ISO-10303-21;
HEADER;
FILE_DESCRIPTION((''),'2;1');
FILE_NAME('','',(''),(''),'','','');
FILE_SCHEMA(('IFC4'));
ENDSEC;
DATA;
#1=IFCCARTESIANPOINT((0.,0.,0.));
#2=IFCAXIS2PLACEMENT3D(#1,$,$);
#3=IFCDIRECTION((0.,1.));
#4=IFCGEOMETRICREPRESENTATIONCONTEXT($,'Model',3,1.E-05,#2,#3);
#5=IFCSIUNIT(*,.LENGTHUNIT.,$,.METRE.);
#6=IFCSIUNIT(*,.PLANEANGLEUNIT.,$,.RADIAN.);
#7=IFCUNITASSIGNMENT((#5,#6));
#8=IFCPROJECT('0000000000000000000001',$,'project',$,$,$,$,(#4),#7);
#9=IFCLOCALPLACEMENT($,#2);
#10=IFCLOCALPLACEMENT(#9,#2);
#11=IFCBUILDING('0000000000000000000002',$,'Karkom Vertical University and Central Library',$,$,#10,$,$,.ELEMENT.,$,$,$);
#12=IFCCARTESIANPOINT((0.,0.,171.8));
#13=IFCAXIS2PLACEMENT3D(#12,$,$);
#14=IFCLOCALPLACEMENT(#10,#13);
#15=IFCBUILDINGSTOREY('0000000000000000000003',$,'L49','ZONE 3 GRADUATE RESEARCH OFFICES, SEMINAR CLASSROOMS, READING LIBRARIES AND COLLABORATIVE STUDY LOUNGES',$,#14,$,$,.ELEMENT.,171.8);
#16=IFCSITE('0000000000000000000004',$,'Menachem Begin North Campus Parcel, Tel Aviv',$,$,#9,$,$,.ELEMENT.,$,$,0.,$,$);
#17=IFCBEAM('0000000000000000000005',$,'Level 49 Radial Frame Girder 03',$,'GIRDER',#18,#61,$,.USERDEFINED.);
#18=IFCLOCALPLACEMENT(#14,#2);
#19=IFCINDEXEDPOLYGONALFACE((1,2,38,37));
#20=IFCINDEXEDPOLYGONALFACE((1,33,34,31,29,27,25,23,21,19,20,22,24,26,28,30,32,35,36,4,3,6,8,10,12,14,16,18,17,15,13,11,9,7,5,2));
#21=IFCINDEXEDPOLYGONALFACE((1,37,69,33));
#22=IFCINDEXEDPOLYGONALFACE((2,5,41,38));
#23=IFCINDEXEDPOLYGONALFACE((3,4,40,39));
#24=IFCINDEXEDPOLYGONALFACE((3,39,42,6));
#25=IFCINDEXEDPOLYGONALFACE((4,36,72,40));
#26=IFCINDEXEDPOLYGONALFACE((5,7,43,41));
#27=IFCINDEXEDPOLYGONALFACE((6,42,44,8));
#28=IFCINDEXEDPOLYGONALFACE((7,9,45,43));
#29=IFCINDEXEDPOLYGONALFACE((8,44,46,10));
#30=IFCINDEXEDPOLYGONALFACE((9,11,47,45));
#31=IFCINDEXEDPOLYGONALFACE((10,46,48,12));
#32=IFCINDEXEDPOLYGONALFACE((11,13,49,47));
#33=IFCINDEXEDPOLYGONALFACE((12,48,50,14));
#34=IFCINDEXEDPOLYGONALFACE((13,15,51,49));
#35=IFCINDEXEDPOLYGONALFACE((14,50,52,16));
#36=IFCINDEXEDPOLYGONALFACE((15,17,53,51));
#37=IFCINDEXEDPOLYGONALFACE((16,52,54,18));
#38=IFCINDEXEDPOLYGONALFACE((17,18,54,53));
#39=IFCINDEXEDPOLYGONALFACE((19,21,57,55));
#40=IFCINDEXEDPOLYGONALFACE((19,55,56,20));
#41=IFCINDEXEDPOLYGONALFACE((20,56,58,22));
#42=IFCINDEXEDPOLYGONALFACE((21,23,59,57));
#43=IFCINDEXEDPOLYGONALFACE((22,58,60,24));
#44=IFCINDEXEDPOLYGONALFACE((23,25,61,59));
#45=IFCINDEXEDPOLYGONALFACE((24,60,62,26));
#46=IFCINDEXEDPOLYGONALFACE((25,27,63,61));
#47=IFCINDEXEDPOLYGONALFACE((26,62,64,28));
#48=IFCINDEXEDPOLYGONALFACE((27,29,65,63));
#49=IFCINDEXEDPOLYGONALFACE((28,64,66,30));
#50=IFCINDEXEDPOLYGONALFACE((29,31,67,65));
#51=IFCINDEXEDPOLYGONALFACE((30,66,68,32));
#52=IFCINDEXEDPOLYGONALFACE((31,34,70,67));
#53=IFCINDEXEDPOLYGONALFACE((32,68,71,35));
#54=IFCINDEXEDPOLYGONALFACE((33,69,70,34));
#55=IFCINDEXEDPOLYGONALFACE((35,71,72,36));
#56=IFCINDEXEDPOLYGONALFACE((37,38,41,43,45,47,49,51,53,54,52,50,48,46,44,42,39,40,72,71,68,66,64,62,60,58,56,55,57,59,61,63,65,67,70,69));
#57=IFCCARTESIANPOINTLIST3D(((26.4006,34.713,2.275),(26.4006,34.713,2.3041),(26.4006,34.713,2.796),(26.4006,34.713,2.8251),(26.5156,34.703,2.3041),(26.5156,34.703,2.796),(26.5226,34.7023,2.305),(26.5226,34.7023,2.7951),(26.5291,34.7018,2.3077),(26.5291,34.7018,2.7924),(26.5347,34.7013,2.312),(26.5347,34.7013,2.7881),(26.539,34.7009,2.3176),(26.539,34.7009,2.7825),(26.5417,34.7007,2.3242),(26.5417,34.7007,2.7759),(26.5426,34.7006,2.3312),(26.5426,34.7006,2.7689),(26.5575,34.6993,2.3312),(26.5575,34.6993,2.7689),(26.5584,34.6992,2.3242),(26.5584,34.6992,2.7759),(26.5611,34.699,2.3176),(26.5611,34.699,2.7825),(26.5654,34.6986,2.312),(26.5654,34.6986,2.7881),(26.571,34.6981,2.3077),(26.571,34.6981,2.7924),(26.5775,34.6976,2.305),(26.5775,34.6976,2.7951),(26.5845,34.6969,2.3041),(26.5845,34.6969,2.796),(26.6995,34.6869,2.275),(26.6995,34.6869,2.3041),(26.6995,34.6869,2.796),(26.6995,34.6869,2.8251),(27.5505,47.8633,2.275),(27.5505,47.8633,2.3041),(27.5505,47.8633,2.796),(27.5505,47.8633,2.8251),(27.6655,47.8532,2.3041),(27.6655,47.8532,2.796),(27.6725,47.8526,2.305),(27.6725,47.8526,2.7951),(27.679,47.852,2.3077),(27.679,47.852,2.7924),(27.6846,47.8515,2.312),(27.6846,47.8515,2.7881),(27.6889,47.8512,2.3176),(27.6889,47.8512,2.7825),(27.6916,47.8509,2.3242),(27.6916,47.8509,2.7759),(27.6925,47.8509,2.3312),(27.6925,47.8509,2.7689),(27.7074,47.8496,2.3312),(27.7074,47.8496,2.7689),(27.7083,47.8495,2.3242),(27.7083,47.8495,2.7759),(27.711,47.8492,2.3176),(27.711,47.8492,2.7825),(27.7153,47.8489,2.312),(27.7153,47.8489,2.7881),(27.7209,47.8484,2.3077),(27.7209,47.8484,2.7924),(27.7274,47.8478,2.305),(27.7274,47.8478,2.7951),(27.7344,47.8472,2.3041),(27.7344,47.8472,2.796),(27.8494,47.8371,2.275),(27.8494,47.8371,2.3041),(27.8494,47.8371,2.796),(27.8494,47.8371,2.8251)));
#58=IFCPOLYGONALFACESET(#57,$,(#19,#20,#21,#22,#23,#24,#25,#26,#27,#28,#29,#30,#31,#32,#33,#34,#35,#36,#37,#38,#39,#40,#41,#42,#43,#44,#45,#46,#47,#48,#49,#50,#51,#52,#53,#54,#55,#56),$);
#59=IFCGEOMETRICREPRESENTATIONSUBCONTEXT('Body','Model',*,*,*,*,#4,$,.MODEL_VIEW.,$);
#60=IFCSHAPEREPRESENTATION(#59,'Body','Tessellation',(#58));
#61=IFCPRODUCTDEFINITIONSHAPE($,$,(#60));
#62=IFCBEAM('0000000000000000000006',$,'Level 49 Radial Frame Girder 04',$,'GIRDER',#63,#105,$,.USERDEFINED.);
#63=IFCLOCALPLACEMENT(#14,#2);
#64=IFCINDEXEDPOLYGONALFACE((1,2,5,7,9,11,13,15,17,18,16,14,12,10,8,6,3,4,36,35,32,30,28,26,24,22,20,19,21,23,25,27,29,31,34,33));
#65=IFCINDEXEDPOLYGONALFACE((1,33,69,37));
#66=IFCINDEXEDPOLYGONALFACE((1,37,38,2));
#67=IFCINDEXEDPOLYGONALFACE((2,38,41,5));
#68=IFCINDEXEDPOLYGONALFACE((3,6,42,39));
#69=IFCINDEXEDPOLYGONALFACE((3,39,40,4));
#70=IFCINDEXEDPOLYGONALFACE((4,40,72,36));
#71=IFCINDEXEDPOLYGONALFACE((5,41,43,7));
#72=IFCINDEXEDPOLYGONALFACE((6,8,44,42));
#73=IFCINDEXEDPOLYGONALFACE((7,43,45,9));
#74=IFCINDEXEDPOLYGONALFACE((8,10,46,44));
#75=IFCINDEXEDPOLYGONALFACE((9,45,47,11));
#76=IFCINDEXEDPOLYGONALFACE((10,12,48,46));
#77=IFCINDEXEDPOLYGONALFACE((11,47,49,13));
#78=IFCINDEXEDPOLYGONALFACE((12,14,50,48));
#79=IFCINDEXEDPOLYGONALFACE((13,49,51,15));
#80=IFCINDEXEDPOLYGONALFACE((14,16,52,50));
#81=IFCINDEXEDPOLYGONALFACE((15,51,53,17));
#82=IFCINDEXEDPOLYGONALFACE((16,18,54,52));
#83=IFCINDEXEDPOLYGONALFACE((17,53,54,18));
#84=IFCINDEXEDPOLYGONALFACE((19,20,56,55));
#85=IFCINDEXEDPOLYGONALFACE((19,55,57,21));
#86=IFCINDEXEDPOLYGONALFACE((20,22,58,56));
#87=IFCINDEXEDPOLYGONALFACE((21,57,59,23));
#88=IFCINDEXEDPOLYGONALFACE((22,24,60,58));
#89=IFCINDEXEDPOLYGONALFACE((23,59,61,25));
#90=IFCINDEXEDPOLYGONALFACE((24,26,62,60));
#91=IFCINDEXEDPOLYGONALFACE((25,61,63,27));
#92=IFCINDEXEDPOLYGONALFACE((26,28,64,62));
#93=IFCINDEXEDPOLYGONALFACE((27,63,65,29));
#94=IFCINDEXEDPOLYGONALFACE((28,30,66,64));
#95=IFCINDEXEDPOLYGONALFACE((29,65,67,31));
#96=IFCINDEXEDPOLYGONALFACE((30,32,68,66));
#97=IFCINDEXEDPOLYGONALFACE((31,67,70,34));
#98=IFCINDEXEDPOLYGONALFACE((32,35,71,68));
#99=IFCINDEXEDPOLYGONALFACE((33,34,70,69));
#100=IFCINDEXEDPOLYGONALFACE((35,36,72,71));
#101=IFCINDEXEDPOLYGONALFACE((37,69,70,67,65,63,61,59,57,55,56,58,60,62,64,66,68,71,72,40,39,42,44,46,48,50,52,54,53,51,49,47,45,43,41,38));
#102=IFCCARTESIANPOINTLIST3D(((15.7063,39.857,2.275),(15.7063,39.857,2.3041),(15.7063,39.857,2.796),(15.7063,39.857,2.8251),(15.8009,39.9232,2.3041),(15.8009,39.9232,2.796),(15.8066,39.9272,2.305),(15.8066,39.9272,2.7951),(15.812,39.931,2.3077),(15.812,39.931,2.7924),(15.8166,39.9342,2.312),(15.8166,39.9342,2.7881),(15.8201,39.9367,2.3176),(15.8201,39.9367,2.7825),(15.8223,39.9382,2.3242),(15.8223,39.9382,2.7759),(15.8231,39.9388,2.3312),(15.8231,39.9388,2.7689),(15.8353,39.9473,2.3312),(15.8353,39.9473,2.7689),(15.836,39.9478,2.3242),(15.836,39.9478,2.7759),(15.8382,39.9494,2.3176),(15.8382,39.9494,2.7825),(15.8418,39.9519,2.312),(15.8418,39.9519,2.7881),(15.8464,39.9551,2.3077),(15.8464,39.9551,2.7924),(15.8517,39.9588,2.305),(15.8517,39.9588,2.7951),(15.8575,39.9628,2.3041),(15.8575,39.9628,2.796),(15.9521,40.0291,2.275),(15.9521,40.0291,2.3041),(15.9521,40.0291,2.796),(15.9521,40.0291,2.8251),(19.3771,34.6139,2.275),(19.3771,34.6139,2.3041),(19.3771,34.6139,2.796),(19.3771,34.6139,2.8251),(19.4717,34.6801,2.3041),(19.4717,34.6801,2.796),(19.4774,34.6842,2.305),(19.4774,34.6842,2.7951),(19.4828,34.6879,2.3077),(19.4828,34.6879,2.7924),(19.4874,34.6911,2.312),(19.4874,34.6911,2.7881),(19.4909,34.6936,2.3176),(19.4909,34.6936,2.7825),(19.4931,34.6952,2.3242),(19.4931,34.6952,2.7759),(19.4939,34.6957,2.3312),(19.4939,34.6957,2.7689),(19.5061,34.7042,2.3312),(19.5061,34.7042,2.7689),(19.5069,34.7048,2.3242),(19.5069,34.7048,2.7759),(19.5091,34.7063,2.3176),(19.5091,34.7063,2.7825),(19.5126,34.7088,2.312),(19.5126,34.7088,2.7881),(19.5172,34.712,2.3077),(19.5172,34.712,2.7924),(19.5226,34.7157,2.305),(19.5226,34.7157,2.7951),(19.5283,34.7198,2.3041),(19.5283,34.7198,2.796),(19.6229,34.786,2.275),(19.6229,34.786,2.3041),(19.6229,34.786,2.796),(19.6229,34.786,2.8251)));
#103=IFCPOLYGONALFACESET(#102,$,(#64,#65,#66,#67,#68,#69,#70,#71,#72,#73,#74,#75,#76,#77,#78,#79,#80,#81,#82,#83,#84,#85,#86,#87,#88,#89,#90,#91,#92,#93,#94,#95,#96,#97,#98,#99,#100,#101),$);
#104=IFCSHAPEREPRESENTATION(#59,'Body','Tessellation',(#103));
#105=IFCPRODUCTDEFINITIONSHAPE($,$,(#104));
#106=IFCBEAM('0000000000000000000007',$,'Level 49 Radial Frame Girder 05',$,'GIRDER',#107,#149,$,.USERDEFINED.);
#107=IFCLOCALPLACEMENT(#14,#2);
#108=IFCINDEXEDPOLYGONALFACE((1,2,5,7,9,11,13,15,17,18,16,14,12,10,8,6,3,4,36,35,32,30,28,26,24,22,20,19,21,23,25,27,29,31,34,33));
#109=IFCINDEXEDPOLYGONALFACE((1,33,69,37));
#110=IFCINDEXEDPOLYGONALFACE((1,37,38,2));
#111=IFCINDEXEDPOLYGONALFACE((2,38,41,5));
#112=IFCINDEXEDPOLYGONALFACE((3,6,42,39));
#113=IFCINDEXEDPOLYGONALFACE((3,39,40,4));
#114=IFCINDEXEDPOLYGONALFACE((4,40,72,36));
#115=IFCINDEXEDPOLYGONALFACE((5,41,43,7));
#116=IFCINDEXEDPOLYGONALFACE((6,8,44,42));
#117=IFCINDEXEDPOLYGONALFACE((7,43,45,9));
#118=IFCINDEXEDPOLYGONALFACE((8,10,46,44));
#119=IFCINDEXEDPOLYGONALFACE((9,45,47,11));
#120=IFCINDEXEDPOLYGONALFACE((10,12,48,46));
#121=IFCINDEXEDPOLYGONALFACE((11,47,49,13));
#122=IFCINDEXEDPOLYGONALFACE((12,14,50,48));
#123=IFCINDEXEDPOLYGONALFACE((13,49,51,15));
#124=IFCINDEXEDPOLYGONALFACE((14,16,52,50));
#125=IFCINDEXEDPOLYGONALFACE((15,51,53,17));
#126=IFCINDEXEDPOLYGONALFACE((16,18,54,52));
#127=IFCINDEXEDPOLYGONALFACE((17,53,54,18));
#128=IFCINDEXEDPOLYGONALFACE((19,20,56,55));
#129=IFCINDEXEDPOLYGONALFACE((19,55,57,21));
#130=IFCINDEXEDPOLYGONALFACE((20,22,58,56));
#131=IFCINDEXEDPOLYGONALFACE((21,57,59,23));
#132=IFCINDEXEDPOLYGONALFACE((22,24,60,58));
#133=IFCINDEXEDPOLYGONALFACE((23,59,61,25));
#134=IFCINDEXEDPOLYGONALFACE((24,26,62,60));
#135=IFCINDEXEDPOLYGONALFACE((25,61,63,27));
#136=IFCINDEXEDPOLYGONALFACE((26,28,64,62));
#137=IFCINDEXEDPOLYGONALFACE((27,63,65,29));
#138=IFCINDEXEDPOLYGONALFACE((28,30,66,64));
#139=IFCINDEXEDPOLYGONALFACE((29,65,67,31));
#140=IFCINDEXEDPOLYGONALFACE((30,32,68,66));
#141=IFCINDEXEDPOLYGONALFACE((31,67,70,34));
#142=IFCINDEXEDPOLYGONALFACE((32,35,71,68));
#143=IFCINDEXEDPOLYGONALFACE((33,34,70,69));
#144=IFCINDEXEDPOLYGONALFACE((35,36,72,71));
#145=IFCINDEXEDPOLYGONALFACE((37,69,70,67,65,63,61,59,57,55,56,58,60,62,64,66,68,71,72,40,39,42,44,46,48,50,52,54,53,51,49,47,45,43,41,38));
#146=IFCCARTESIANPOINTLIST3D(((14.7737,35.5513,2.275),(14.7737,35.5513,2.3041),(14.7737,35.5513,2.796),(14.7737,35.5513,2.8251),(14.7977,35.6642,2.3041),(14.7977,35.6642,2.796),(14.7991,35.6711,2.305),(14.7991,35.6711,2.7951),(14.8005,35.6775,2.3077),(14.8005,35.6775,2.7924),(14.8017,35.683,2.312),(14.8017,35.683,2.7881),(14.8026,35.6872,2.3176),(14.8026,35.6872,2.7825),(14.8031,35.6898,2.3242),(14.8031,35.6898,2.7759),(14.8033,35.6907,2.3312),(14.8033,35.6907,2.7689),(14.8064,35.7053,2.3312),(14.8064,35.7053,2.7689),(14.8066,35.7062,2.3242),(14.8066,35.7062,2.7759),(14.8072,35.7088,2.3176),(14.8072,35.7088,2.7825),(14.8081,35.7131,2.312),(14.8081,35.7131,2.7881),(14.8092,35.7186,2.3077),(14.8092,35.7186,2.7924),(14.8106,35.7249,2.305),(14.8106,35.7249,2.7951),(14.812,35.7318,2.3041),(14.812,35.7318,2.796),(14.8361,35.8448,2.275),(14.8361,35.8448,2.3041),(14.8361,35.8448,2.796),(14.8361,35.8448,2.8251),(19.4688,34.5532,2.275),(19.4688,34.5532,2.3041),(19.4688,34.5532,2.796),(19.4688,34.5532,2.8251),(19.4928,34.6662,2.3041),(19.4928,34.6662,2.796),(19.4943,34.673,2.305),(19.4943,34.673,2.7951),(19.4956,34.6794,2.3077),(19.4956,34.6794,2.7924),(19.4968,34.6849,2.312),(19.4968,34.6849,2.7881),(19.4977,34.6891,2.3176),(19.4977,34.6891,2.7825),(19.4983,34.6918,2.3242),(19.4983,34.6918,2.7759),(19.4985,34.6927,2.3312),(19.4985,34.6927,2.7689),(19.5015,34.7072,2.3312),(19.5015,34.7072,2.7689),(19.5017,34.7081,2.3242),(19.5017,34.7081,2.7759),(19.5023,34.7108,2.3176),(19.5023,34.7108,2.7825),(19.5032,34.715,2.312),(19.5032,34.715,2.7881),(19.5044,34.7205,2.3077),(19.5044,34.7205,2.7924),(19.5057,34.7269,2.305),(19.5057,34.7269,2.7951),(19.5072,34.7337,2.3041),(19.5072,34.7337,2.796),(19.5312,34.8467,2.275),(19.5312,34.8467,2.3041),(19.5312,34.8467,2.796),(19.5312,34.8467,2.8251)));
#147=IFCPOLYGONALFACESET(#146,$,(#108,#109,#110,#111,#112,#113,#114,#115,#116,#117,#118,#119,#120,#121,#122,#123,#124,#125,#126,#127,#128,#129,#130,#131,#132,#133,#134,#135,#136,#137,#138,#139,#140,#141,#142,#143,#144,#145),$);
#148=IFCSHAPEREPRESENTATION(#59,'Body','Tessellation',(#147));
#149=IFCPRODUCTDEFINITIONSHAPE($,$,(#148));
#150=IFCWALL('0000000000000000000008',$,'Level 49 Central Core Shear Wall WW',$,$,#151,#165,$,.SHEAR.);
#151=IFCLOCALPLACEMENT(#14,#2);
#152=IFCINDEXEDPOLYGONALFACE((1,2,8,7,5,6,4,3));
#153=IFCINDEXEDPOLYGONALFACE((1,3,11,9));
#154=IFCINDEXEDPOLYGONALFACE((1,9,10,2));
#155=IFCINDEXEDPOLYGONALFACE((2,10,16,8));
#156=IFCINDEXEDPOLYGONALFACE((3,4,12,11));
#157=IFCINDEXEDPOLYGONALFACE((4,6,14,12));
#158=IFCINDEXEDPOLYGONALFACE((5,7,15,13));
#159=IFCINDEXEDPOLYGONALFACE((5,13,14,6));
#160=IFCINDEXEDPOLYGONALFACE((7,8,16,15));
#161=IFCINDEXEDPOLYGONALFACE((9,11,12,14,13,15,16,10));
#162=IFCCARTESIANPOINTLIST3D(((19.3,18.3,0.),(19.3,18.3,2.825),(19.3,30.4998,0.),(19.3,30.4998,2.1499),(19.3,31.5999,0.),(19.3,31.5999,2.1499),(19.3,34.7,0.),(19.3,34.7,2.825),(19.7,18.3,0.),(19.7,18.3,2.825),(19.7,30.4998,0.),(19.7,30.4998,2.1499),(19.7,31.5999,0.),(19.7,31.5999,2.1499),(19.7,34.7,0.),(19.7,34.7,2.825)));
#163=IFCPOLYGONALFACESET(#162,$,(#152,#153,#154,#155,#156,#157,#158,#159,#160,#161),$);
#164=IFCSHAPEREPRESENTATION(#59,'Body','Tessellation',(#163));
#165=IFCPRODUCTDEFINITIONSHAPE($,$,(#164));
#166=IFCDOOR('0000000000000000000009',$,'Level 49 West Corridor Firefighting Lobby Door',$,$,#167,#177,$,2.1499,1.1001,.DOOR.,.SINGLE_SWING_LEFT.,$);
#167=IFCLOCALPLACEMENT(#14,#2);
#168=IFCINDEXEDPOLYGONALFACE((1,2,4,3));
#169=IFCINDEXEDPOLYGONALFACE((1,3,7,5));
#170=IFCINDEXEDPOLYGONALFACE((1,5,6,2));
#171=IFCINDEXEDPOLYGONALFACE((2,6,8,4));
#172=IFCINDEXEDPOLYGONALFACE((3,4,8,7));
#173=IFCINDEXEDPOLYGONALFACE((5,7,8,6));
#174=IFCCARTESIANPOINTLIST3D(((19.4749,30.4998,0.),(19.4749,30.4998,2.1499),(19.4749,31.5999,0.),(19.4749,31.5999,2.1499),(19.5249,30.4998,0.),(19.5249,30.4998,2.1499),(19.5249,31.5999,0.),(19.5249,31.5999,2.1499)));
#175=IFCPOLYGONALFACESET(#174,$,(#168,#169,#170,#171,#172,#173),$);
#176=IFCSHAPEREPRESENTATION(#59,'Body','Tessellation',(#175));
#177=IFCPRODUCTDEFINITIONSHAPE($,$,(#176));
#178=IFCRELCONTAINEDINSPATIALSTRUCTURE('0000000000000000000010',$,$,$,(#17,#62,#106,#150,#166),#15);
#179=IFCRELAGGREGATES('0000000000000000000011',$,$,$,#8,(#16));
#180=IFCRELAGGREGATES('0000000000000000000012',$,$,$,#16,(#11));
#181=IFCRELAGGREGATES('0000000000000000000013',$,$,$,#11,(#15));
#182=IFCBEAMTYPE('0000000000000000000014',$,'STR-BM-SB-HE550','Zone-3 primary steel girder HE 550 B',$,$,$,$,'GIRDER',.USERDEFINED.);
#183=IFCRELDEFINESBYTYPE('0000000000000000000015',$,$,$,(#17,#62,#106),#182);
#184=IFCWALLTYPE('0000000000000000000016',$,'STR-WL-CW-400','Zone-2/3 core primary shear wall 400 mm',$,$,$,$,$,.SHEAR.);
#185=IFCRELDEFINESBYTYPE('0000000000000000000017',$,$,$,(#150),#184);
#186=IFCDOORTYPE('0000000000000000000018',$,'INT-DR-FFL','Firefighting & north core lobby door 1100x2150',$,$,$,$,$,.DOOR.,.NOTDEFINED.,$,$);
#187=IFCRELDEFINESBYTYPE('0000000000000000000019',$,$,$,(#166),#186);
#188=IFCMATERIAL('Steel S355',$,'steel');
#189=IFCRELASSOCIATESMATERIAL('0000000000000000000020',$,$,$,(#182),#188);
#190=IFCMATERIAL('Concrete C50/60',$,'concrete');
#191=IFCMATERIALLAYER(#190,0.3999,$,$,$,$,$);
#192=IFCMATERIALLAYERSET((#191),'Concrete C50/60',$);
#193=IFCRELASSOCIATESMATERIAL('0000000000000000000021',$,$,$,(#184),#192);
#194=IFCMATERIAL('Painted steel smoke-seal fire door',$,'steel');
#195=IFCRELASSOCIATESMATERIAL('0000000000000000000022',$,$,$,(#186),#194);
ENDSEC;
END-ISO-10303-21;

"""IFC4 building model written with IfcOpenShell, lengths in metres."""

from ifc_helpers import new_model, si_unit, direction, frame, frame_2d, origin, origin_with_axes, origin_2d, place, context, subcontext, project, spatial, rectangle, i_section, extrude, source, transform, mapped, material, layer, layer_set, material_profile, profile_set, type_object, element, fill, save


model = new_model("IFC4")

# Units and contexts
model_context = context("Model", 3, precision=1e-05, world=origin(), true_north=direction((0.0, 1.0)))
body_context = subcontext(model_context, "Body", "Model", "MODEL_VIEW")
ifc_project = project(units=[si_unit("LENGTHUNIT", "METRE"), si_unit("PLANEANGLEUNIT", "RADIAN")], contexts=[model_context])

# Site, building, storey
site_placement = place(None, origin())
site = spatial("IfcSite", under=ifc_project, at=site_placement, Name="Menachem Begin North Campus Parcel, Tel Aviv", CompositionType="ELEMENT", RefElevation=0.0)
building_placement = place(site_placement, origin())
building = spatial("IfcBuilding", under=site, at=building_placement, Name="Karkom Vertical University and Central Library", CompositionType="ELEMENT")
storey_placement = place(building_placement, frame((0.0, 0.0, 171.8)))
storey = spatial("IfcBuildingStorey", under=building, at=storey_placement, Name="L49", Description="ZONE 3 GRADUATE RESEARCH OFFICES, SEMINAR CLASSROOMS, READING LIBRARIES AND COLLABORATIVE STUDY LOUNGES", CompositionType="ELEMENT", Elevation=171.8)

# Shared definitions
ifc_material_1 = material(Name="Concrete C50/60", Category="concrete")

# Beams
ifc_material_2 = material(Name="Steel S355", Category="steel")
ifc_material_profile_1 = material_profile(ifc_material_2, i_section(OverallWidth=0.3, OverallDepth=0.55, WebThickness=0.0149, FlangeThickness=0.0291, FilletRadius=0.0271, at=origin_2d()), Name="HE 550 B")
ifc_profile_set_1 = profile_set([ifc_material_profile_1], Name="Steel S355")
beam_type_1 = type_object("IfcBeamType", Name="STR-BM-SB-HE550", Description="Zone-3 primary steel girder HE 550 B", ElementType="GIRDER", PredefinedType="USERDEFINED", material=ifc_profile_set_1)
shared_shape_1 = source(origin_with_axes(), body_context, "Body", "SweptSolid", [
    extrude(i_section(OverallWidth=0.3, OverallDepth=0.55, WebThickness=0.0149, FlangeThickness=0.0291, FilletRadius=0.0271, at=origin_2d()), origin(), (0.0, 0.0, 1.0), 13.2004),
])
beam_1_placement = place(storey_placement, frame((26.55, 34.7, 2.55), z_axis=(0.087112, 0.996199, 0.0), x_axis=(-0.996199, 0.087112, 0.0)))
element("IfcBeam", 1, at=beam_1_placement, inside=storey, type_object=beam_type_1, Name="Level 49 Radial Frame Girder 03", ObjectType="GIRDER", PredefinedType="USERDEFINED", context=body_context, shape_type="MappedRepresentation", body=[
    mapped(shared_shape_1, transform((0.0, 0.0, 0.0), scale=1.0)),
])
shared_shape_2 = source(origin_with_axes(), body_context, "Body", "SweptSolid", [
    extrude(i_section(OverallWidth=0.3, OverallDepth=0.55, WebThickness=0.0149, FlangeThickness=0.0291, FilletRadius=0.0271, at=origin_2d()), origin(), (0.0, 0.0, 1.0), 6.4004),
])
beam_2_placement = place(storey_placement, frame((19.5, 34.7, 2.55), z_axis=(-0.573534, 0.819182, 0.0), x_axis=(-0.819182, -0.573534, 0.0)))
element("IfcBeam", 2, at=beam_2_placement, inside=storey, type_object=beam_type_1, Name="Level 49 Radial Frame Girder 04", ObjectType="GIRDER", PredefinedType="USERDEFINED", context=body_context, shape_type="MappedRepresentation", body=[
    mapped(shared_shape_2, transform((0.0, 0.0, 0.0), scale=1.0)),
])
shared_shape_3 = source(origin_with_axes(), body_context, "Body", "SweptSolid", [
    extrude(i_section(OverallWidth=0.3, OverallDepth=0.55, WebThickness=0.0149, FlangeThickness=0.0291, FilletRadius=0.0271, at=origin_2d()), origin(), (0.0, 0.0, 1.0), 4.8),
])
beam_3_placement = place(storey_placement, frame((19.5, 34.7, 2.55), z_axis=(-0.978144, 0.207927, 0.0), x_axis=(-0.207927, -0.978144, 0.0)))
element("IfcBeam", 3, at=beam_3_placement, inside=storey, type_object=beam_type_1, Name="Level 49 Radial Frame Girder 05", ObjectType="GIRDER", PredefinedType="USERDEFINED", context=body_context, shape_type="MappedRepresentation", body=[
    mapped(shared_shape_3, transform((0.0, 0.0, 0.0), scale=1.0)),
])

# Wall, opening, door
ifc_layer = layer(ifc_material_1, 0.3999)
ifc_layer_set = layer_set([ifc_layer], Name="Concrete C50/60")
wall_type = type_object("IfcWallType", Name="STR-WL-CW-400", Description="Zone-2/3 core primary shear wall 400 mm", PredefinedType="SHEAR", material=ifc_layer_set)
ifc_material_3 = material(Name="Painted steel smoke-seal fire door", Category="steel")
door_type = type_object("IfcDoorType", Name="INT-DR-FFL", Description="Firefighting & north core lobby door 1100x2150", OperationType="NOTDEFINED", PredefinedType="DOOR", material=ifc_material_3)
shared_shape_4 = source(origin_with_axes(), body_context, "Body", "SweptSolid", [
    extrude(rectangle(XDim=1.1001, YDim=2.1499, at=frame_2d((0.55, 1.075))), frame((0.0, 0.0249, 0.0), z_axis=(0.0, -1.0, 0.0), x_axis=(1.0, 0.0, 0.0)), (0.0, 0.0, 1.0), 0.05),
])
wall_1_placement = place(storey_placement, frame((19.5, 34.7, 0.0), z_axis=(0.0, 0.0, 1.0), x_axis=(0.0, -1.0, 0.0)))
wall_1 = element("IfcWall", 4, at=wall_1_placement, inside=storey, type_object=wall_type, Name="Level 49 Central Core Shear Wall WW", PredefinedType="SHEAR", context=body_context, shape_type="SweptSolid", body=[
    extrude(rectangle(XDim=16.3999, YDim=0.3999, at=frame_2d((8.2, 0.0))), origin(), (0.0, 0.0, 1.0), 2.825),
])
opening_1_placement = place(wall_1_placement, frame((3.1001, 0.0, 0.0)))
opening_1 = element("IfcOpeningElement", 5, at=opening_1_placement, cuts=wall_1, PredefinedType="OPENING", context=body_context, shape_type="SweptSolid", body=[
    extrude(rectangle(XDim=1.1001, YDim=2.1499, at=frame_2d((0.55, 1.075))), frame((0.0, 0.21, 0.0), z_axis=(0.0, -1.0, 0.0), x_axis=(1.0, 0.0, 0.0)), (0.0, 0.0, 1.0), 0.4199),
])
door_1_placement = place(opening_1_placement, origin())
door_1 = element("IfcDoor", 6, at=door_1_placement, inside=storey, type_object=door_type, Name="Level 49 West Corridor Firefighting Lobby Door", OperationType="SINGLE_SWING_LEFT", OverallHeight=2.1499, OverallWidth=1.1001, PredefinedType="DOOR", context=body_context, shape_type="MappedRepresentation", body=[
    mapped(shared_shape_4, transform((0.0, 0.0, 0.0), scale=1.0)),
])
fill(opening_1, door_1)

save(model, "model.ifc")
